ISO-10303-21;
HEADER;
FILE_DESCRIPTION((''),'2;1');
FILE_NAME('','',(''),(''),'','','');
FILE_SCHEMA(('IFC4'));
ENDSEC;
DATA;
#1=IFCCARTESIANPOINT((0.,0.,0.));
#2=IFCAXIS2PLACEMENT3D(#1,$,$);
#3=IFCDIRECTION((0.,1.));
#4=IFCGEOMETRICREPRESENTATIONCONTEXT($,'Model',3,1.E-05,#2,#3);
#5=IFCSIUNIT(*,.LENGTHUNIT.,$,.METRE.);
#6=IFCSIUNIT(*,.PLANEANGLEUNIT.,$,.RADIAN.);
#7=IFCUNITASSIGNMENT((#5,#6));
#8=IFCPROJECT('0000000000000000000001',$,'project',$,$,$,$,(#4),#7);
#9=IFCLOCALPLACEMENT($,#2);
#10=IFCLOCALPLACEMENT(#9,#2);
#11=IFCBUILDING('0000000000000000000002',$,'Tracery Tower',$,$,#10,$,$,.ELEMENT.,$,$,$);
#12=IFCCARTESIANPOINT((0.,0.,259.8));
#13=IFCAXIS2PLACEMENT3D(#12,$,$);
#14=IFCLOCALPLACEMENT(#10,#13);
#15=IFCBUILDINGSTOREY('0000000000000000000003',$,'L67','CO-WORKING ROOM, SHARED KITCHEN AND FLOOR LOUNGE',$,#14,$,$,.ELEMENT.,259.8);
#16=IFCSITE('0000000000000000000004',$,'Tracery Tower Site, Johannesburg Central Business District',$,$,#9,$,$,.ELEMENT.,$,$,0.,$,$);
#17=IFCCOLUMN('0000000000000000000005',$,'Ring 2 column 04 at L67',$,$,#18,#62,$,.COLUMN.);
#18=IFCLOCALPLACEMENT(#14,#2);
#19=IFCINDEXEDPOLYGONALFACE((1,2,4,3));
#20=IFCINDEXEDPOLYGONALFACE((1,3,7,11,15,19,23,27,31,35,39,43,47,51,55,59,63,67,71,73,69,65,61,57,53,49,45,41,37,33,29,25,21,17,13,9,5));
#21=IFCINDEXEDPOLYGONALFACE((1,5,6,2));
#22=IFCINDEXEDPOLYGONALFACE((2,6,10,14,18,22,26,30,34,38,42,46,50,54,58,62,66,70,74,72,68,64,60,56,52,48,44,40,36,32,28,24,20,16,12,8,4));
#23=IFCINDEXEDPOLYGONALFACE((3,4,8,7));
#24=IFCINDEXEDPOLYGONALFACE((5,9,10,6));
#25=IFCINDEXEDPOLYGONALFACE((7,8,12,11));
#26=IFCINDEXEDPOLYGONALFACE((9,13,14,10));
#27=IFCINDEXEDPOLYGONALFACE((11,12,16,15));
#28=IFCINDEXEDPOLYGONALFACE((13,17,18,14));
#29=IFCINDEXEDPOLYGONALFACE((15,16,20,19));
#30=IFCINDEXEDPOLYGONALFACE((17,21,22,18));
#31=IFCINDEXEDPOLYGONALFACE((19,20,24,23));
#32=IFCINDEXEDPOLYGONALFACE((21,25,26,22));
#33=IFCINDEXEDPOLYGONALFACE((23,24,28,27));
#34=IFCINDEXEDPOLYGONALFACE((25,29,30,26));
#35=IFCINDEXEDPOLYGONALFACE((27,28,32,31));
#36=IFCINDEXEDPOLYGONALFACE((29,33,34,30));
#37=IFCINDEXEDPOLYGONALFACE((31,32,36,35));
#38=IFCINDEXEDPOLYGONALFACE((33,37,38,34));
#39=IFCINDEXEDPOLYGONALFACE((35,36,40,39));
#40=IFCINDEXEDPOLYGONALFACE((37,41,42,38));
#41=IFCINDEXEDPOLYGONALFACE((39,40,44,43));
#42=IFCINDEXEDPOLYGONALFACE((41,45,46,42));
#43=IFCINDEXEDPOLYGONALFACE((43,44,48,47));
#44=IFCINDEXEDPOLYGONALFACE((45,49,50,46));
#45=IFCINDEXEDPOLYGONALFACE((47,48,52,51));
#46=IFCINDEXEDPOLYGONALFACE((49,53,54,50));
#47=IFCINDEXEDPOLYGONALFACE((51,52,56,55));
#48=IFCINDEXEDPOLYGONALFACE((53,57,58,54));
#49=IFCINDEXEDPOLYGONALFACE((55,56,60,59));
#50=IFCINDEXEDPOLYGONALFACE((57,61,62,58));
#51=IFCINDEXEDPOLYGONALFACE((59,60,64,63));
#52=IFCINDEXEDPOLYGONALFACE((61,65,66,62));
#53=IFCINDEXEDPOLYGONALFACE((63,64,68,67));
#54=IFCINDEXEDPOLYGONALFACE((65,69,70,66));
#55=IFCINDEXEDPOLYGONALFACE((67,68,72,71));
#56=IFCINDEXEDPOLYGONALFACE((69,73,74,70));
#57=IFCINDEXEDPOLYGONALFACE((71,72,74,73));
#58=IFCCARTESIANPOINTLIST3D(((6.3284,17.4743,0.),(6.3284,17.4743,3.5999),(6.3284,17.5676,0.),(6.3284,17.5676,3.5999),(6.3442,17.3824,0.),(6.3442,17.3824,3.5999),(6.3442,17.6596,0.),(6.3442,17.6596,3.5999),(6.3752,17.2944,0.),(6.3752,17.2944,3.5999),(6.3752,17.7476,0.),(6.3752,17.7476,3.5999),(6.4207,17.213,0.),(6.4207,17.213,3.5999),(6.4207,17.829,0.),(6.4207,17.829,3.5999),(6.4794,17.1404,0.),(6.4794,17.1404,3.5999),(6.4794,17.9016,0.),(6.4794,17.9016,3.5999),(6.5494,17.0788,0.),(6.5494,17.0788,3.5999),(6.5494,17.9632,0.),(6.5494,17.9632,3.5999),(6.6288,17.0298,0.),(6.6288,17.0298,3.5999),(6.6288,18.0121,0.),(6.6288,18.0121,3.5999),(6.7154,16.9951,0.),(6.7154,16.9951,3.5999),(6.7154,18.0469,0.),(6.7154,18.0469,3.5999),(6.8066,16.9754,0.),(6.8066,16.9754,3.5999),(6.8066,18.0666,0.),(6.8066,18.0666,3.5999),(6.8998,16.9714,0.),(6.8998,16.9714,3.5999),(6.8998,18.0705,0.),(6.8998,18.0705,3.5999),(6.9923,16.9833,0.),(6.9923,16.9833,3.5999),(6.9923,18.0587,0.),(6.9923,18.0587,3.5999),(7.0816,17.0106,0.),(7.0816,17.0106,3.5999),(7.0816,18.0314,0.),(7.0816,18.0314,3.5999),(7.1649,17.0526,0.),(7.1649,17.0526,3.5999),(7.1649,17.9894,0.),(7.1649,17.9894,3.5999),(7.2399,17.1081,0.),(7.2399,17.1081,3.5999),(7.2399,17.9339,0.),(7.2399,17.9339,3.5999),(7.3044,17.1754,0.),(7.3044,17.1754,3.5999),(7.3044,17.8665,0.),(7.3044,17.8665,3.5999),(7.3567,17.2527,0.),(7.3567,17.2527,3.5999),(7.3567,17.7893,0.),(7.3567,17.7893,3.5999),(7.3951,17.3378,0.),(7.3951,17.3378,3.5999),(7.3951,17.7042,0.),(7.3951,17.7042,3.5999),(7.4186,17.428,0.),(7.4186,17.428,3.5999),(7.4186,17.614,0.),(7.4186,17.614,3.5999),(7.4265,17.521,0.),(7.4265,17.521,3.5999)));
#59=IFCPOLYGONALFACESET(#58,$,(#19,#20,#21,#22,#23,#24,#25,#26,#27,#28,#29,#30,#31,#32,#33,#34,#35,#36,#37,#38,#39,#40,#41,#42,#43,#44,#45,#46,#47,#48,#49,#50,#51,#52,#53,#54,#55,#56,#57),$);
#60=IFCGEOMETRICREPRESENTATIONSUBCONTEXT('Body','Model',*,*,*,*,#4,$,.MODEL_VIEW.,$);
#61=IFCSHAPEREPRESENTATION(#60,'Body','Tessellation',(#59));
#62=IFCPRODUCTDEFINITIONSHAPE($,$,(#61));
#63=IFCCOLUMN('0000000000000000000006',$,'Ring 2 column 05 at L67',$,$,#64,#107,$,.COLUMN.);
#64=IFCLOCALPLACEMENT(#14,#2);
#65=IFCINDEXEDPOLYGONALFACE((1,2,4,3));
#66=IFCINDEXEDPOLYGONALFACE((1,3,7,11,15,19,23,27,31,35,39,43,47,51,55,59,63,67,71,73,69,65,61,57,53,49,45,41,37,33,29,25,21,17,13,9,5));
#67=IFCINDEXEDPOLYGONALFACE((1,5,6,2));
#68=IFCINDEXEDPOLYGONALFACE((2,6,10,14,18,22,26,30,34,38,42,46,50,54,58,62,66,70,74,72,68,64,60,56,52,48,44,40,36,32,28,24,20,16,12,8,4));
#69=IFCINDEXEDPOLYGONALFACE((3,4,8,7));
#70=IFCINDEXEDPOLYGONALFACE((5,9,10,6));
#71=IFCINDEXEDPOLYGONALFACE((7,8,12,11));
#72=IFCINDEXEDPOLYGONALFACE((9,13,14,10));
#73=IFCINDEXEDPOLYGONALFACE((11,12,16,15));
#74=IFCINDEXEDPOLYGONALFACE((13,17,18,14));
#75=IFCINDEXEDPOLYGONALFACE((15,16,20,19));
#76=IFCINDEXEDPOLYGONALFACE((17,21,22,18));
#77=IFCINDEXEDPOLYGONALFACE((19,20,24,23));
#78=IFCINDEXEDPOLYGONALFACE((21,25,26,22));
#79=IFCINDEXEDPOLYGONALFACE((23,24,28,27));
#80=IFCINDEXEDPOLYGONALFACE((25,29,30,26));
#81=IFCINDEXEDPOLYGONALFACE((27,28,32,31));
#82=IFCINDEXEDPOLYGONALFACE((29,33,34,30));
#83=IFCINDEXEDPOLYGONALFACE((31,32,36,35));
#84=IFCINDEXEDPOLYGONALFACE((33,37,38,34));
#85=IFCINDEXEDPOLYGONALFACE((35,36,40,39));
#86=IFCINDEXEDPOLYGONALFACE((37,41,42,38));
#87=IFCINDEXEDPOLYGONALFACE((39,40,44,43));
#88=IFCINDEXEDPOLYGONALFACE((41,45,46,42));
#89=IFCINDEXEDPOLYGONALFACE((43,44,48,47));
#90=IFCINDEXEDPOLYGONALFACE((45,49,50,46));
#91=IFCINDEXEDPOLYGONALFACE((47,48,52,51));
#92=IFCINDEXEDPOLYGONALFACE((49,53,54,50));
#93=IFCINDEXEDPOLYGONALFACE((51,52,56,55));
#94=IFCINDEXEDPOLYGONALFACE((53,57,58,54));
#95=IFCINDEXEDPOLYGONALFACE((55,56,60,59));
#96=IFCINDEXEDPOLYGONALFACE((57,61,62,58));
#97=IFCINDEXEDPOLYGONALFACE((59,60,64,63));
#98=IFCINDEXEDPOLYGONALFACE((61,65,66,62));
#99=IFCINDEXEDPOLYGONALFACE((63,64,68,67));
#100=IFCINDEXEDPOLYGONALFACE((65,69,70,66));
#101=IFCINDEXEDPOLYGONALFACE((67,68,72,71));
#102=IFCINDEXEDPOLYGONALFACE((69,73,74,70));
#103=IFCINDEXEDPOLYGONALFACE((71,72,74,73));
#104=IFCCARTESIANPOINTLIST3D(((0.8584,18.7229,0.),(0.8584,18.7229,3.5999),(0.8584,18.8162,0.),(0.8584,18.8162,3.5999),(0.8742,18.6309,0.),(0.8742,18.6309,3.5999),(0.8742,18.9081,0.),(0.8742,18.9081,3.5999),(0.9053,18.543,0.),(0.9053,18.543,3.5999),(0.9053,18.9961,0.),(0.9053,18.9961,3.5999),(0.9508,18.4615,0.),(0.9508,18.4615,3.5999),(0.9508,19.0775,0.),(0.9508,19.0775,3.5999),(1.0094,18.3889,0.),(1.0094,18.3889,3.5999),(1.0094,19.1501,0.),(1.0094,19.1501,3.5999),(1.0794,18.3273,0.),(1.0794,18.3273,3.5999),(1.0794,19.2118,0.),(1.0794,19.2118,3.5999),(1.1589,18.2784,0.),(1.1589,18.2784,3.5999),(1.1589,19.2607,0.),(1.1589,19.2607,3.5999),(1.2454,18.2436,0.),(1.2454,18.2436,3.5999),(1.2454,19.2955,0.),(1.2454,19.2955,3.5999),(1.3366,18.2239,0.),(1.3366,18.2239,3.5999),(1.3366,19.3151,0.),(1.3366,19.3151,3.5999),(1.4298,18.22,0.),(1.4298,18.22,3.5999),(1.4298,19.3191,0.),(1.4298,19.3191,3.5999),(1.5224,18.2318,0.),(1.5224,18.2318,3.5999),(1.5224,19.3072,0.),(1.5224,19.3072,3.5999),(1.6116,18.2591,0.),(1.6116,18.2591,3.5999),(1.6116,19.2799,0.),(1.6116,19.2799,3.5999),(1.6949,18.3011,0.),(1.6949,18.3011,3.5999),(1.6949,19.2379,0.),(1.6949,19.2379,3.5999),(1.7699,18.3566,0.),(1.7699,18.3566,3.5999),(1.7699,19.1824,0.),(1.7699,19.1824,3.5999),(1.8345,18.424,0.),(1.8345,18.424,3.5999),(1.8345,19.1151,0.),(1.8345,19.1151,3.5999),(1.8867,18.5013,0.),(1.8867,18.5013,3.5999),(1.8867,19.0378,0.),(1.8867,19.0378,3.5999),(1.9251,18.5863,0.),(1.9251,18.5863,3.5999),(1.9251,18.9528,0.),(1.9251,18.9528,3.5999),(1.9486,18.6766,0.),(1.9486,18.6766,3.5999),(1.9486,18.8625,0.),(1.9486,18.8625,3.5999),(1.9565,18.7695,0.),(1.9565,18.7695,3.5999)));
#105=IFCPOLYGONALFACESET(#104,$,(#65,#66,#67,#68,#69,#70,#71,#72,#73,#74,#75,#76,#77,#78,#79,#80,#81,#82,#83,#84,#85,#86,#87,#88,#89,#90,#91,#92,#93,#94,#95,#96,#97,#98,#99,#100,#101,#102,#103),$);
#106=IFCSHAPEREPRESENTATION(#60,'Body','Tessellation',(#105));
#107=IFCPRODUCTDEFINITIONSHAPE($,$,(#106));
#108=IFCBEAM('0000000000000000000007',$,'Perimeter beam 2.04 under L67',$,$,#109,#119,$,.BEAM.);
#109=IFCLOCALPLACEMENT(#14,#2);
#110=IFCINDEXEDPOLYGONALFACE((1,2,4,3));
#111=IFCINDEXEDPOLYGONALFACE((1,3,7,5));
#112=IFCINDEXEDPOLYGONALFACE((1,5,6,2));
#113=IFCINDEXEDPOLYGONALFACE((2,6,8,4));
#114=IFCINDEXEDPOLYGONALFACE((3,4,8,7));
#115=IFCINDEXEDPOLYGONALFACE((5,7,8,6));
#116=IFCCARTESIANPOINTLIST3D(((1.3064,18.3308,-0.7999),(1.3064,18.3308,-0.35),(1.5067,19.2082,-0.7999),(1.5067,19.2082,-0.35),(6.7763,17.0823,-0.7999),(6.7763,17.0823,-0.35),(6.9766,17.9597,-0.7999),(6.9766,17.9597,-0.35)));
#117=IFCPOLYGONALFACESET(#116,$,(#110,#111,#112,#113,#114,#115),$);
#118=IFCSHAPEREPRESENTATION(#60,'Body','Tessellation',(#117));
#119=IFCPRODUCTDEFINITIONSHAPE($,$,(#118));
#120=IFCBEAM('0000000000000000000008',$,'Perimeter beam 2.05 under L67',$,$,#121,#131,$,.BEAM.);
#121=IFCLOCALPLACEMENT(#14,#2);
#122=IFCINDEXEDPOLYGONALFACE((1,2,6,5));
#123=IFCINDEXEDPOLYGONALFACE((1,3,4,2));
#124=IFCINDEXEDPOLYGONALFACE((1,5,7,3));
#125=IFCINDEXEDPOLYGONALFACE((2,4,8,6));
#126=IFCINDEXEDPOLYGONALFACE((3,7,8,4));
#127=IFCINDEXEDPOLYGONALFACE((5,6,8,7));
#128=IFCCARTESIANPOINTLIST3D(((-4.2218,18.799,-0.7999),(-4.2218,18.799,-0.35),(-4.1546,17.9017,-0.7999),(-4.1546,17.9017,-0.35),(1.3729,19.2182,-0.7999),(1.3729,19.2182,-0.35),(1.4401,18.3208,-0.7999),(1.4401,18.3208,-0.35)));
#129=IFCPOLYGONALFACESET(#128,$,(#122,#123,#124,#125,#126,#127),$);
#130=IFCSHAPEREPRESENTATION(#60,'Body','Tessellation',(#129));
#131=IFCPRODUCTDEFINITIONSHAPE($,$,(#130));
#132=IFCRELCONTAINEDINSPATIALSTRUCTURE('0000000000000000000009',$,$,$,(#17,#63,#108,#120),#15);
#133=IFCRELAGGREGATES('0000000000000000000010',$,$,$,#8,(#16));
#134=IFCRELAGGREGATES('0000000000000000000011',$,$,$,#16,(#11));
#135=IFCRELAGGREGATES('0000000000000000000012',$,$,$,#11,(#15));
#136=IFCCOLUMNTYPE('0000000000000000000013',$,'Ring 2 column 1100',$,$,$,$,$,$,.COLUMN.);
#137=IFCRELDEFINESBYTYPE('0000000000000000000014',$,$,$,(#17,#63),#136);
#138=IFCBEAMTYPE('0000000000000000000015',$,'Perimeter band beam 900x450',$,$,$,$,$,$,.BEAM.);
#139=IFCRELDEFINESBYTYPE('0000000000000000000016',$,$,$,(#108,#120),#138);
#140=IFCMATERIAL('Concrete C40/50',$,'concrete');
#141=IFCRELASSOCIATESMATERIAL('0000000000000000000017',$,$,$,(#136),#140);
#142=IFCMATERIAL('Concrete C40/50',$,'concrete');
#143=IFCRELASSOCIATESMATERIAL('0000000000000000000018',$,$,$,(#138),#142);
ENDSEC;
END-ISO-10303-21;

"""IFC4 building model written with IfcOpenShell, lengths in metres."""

from ifc_helpers import new_model, si_unit, direction, frame, origin, origin_2d, place, context, subcontext, project, spatial, rectangle, circle, extrude, material, material_profile, profile_set, type_object, element, save


model = new_model("IFC4")

# Units and contexts
model_context = context("Model", 3, precision=1e-05, world=origin(), true_north=direction((0.0, 1.0)))
body_context = subcontext(model_context, "Body", "Model", "MODEL_VIEW")
ifc_project = project(units=[si_unit("LENGTHUNIT", "METRE"), si_unit("PLANEANGLEUNIT", "RADIAN")], contexts=[model_context])

# Site, building, storey
site_placement = place(None, origin())
site = spatial("IfcSite", under=ifc_project, at=site_placement, Name="Tracery Tower Site, Johannesburg Central Business District", CompositionType="ELEMENT", RefElevation=0.0)
building_placement = place(site_placement, origin())
building = spatial("IfcBuilding", under=site, at=building_placement, Name="Tracery Tower", CompositionType="ELEMENT")
storey_placement = place(building_placement, frame((0.0, 0.0, 259.8)))
storey = spatial("IfcBuildingStorey", under=building, at=storey_placement, Name="L67", Description="CO-WORKING ROOM, SHARED KITCHEN AND FLOOR LOUNGE", CompositionType="ELEMENT", Elevation=259.8)

# Columns
ifc_material_1 = material(Name="Concrete C40/50", Category="concrete")
ifc_material_profile_1 = material_profile(ifc_material_1, circle(Radius=0.55, at=origin_2d()), Name="RC D1100")
ifc_profile_set_1 = profile_set([ifc_material_profile_1], Name="Concrete C40/50")
column_type = type_object("IfcColumnType", Name="Ring 2 column 1100", PredefinedType="COLUMN", material=ifc_profile_set_1)
for number, where, z_axis, x_axis, name in (
    (1, (6.8765, 17.521, 0.0), (0.0, 0.0, 1.0), (1.0, 0.0, 0.0), "Ring 2 column 04 at L67"),
    (2, (1.4065, 18.7695, 0.0), (0.0, 0.0, 1.0), (1.0, 0.0, 0.0), "Ring 2 column 05 at L67"),
):
    element("IfcColumn", number, at=place(storey_placement, frame(where, z_axis=z_axis, x_axis=x_axis)), inside=storey, type_object=column_type, Name=name, PredefinedType="COLUMN", context=body_context, shape_type="SweptSolid", body=[
        extrude(circle(Radius=0.55, at=origin_2d()), origin(), (0.0, 0.0, 1.0), 3.5999),
    ])

# Beams
ifc_material_2 = material(Name="Concrete C40/50", Category="concrete")
ifc_material_profile_2 = material_profile(ifc_material_2, rectangle(XDim=0.8999, YDim=0.45, at=origin_2d()), Name="RC 900x450")
ifc_profile_set_2 = profile_set([ifc_material_profile_2], Name="Concrete C40/50")
beam_type = type_object("IfcBeamType", Name="Perimeter band beam 900x450", PredefinedType="BEAM", material=ifc_profile_set_2)
beam_1_placement = place(storey_placement, frame((6.8765, 17.521, -0.575), z_axis=(-0.974926, 0.222529, 0.0), x_axis=(-0.222529, -0.974926, 0.0)))
element("IfcBeam", 3, at=beam_1_placement, inside=storey, type_object=beam_type, Name="Perimeter beam 2.04 under L67", PredefinedType="BEAM", context=body_context, shape_type="SweptSolid", body=[
    extrude(rectangle(XDim=0.8999, YDim=0.45, at=origin_2d()), origin(), (0.0, 0.0, 1.0), 5.6106),
])
beam_2_placement = place(storey_placement, frame((1.4065, 18.7695, -0.575), z_axis=(-0.997205, -0.074716, 0.0), x_axis=(0.074716, -0.997205, 0.0)))
element("IfcBeam", 4, at=beam_2_placement, inside=storey, type_object=beam_type, Name="Perimeter beam 2.05 under L67", PredefinedType="BEAM", context=body_context, shape_type="SweptSolid", body=[
    extrude(rectangle(XDim=0.8999, YDim=0.45, at=origin_2d()), origin(), (0.0, 0.0, 1.0), 5.6104),
])

save(model, "model.ifc")
